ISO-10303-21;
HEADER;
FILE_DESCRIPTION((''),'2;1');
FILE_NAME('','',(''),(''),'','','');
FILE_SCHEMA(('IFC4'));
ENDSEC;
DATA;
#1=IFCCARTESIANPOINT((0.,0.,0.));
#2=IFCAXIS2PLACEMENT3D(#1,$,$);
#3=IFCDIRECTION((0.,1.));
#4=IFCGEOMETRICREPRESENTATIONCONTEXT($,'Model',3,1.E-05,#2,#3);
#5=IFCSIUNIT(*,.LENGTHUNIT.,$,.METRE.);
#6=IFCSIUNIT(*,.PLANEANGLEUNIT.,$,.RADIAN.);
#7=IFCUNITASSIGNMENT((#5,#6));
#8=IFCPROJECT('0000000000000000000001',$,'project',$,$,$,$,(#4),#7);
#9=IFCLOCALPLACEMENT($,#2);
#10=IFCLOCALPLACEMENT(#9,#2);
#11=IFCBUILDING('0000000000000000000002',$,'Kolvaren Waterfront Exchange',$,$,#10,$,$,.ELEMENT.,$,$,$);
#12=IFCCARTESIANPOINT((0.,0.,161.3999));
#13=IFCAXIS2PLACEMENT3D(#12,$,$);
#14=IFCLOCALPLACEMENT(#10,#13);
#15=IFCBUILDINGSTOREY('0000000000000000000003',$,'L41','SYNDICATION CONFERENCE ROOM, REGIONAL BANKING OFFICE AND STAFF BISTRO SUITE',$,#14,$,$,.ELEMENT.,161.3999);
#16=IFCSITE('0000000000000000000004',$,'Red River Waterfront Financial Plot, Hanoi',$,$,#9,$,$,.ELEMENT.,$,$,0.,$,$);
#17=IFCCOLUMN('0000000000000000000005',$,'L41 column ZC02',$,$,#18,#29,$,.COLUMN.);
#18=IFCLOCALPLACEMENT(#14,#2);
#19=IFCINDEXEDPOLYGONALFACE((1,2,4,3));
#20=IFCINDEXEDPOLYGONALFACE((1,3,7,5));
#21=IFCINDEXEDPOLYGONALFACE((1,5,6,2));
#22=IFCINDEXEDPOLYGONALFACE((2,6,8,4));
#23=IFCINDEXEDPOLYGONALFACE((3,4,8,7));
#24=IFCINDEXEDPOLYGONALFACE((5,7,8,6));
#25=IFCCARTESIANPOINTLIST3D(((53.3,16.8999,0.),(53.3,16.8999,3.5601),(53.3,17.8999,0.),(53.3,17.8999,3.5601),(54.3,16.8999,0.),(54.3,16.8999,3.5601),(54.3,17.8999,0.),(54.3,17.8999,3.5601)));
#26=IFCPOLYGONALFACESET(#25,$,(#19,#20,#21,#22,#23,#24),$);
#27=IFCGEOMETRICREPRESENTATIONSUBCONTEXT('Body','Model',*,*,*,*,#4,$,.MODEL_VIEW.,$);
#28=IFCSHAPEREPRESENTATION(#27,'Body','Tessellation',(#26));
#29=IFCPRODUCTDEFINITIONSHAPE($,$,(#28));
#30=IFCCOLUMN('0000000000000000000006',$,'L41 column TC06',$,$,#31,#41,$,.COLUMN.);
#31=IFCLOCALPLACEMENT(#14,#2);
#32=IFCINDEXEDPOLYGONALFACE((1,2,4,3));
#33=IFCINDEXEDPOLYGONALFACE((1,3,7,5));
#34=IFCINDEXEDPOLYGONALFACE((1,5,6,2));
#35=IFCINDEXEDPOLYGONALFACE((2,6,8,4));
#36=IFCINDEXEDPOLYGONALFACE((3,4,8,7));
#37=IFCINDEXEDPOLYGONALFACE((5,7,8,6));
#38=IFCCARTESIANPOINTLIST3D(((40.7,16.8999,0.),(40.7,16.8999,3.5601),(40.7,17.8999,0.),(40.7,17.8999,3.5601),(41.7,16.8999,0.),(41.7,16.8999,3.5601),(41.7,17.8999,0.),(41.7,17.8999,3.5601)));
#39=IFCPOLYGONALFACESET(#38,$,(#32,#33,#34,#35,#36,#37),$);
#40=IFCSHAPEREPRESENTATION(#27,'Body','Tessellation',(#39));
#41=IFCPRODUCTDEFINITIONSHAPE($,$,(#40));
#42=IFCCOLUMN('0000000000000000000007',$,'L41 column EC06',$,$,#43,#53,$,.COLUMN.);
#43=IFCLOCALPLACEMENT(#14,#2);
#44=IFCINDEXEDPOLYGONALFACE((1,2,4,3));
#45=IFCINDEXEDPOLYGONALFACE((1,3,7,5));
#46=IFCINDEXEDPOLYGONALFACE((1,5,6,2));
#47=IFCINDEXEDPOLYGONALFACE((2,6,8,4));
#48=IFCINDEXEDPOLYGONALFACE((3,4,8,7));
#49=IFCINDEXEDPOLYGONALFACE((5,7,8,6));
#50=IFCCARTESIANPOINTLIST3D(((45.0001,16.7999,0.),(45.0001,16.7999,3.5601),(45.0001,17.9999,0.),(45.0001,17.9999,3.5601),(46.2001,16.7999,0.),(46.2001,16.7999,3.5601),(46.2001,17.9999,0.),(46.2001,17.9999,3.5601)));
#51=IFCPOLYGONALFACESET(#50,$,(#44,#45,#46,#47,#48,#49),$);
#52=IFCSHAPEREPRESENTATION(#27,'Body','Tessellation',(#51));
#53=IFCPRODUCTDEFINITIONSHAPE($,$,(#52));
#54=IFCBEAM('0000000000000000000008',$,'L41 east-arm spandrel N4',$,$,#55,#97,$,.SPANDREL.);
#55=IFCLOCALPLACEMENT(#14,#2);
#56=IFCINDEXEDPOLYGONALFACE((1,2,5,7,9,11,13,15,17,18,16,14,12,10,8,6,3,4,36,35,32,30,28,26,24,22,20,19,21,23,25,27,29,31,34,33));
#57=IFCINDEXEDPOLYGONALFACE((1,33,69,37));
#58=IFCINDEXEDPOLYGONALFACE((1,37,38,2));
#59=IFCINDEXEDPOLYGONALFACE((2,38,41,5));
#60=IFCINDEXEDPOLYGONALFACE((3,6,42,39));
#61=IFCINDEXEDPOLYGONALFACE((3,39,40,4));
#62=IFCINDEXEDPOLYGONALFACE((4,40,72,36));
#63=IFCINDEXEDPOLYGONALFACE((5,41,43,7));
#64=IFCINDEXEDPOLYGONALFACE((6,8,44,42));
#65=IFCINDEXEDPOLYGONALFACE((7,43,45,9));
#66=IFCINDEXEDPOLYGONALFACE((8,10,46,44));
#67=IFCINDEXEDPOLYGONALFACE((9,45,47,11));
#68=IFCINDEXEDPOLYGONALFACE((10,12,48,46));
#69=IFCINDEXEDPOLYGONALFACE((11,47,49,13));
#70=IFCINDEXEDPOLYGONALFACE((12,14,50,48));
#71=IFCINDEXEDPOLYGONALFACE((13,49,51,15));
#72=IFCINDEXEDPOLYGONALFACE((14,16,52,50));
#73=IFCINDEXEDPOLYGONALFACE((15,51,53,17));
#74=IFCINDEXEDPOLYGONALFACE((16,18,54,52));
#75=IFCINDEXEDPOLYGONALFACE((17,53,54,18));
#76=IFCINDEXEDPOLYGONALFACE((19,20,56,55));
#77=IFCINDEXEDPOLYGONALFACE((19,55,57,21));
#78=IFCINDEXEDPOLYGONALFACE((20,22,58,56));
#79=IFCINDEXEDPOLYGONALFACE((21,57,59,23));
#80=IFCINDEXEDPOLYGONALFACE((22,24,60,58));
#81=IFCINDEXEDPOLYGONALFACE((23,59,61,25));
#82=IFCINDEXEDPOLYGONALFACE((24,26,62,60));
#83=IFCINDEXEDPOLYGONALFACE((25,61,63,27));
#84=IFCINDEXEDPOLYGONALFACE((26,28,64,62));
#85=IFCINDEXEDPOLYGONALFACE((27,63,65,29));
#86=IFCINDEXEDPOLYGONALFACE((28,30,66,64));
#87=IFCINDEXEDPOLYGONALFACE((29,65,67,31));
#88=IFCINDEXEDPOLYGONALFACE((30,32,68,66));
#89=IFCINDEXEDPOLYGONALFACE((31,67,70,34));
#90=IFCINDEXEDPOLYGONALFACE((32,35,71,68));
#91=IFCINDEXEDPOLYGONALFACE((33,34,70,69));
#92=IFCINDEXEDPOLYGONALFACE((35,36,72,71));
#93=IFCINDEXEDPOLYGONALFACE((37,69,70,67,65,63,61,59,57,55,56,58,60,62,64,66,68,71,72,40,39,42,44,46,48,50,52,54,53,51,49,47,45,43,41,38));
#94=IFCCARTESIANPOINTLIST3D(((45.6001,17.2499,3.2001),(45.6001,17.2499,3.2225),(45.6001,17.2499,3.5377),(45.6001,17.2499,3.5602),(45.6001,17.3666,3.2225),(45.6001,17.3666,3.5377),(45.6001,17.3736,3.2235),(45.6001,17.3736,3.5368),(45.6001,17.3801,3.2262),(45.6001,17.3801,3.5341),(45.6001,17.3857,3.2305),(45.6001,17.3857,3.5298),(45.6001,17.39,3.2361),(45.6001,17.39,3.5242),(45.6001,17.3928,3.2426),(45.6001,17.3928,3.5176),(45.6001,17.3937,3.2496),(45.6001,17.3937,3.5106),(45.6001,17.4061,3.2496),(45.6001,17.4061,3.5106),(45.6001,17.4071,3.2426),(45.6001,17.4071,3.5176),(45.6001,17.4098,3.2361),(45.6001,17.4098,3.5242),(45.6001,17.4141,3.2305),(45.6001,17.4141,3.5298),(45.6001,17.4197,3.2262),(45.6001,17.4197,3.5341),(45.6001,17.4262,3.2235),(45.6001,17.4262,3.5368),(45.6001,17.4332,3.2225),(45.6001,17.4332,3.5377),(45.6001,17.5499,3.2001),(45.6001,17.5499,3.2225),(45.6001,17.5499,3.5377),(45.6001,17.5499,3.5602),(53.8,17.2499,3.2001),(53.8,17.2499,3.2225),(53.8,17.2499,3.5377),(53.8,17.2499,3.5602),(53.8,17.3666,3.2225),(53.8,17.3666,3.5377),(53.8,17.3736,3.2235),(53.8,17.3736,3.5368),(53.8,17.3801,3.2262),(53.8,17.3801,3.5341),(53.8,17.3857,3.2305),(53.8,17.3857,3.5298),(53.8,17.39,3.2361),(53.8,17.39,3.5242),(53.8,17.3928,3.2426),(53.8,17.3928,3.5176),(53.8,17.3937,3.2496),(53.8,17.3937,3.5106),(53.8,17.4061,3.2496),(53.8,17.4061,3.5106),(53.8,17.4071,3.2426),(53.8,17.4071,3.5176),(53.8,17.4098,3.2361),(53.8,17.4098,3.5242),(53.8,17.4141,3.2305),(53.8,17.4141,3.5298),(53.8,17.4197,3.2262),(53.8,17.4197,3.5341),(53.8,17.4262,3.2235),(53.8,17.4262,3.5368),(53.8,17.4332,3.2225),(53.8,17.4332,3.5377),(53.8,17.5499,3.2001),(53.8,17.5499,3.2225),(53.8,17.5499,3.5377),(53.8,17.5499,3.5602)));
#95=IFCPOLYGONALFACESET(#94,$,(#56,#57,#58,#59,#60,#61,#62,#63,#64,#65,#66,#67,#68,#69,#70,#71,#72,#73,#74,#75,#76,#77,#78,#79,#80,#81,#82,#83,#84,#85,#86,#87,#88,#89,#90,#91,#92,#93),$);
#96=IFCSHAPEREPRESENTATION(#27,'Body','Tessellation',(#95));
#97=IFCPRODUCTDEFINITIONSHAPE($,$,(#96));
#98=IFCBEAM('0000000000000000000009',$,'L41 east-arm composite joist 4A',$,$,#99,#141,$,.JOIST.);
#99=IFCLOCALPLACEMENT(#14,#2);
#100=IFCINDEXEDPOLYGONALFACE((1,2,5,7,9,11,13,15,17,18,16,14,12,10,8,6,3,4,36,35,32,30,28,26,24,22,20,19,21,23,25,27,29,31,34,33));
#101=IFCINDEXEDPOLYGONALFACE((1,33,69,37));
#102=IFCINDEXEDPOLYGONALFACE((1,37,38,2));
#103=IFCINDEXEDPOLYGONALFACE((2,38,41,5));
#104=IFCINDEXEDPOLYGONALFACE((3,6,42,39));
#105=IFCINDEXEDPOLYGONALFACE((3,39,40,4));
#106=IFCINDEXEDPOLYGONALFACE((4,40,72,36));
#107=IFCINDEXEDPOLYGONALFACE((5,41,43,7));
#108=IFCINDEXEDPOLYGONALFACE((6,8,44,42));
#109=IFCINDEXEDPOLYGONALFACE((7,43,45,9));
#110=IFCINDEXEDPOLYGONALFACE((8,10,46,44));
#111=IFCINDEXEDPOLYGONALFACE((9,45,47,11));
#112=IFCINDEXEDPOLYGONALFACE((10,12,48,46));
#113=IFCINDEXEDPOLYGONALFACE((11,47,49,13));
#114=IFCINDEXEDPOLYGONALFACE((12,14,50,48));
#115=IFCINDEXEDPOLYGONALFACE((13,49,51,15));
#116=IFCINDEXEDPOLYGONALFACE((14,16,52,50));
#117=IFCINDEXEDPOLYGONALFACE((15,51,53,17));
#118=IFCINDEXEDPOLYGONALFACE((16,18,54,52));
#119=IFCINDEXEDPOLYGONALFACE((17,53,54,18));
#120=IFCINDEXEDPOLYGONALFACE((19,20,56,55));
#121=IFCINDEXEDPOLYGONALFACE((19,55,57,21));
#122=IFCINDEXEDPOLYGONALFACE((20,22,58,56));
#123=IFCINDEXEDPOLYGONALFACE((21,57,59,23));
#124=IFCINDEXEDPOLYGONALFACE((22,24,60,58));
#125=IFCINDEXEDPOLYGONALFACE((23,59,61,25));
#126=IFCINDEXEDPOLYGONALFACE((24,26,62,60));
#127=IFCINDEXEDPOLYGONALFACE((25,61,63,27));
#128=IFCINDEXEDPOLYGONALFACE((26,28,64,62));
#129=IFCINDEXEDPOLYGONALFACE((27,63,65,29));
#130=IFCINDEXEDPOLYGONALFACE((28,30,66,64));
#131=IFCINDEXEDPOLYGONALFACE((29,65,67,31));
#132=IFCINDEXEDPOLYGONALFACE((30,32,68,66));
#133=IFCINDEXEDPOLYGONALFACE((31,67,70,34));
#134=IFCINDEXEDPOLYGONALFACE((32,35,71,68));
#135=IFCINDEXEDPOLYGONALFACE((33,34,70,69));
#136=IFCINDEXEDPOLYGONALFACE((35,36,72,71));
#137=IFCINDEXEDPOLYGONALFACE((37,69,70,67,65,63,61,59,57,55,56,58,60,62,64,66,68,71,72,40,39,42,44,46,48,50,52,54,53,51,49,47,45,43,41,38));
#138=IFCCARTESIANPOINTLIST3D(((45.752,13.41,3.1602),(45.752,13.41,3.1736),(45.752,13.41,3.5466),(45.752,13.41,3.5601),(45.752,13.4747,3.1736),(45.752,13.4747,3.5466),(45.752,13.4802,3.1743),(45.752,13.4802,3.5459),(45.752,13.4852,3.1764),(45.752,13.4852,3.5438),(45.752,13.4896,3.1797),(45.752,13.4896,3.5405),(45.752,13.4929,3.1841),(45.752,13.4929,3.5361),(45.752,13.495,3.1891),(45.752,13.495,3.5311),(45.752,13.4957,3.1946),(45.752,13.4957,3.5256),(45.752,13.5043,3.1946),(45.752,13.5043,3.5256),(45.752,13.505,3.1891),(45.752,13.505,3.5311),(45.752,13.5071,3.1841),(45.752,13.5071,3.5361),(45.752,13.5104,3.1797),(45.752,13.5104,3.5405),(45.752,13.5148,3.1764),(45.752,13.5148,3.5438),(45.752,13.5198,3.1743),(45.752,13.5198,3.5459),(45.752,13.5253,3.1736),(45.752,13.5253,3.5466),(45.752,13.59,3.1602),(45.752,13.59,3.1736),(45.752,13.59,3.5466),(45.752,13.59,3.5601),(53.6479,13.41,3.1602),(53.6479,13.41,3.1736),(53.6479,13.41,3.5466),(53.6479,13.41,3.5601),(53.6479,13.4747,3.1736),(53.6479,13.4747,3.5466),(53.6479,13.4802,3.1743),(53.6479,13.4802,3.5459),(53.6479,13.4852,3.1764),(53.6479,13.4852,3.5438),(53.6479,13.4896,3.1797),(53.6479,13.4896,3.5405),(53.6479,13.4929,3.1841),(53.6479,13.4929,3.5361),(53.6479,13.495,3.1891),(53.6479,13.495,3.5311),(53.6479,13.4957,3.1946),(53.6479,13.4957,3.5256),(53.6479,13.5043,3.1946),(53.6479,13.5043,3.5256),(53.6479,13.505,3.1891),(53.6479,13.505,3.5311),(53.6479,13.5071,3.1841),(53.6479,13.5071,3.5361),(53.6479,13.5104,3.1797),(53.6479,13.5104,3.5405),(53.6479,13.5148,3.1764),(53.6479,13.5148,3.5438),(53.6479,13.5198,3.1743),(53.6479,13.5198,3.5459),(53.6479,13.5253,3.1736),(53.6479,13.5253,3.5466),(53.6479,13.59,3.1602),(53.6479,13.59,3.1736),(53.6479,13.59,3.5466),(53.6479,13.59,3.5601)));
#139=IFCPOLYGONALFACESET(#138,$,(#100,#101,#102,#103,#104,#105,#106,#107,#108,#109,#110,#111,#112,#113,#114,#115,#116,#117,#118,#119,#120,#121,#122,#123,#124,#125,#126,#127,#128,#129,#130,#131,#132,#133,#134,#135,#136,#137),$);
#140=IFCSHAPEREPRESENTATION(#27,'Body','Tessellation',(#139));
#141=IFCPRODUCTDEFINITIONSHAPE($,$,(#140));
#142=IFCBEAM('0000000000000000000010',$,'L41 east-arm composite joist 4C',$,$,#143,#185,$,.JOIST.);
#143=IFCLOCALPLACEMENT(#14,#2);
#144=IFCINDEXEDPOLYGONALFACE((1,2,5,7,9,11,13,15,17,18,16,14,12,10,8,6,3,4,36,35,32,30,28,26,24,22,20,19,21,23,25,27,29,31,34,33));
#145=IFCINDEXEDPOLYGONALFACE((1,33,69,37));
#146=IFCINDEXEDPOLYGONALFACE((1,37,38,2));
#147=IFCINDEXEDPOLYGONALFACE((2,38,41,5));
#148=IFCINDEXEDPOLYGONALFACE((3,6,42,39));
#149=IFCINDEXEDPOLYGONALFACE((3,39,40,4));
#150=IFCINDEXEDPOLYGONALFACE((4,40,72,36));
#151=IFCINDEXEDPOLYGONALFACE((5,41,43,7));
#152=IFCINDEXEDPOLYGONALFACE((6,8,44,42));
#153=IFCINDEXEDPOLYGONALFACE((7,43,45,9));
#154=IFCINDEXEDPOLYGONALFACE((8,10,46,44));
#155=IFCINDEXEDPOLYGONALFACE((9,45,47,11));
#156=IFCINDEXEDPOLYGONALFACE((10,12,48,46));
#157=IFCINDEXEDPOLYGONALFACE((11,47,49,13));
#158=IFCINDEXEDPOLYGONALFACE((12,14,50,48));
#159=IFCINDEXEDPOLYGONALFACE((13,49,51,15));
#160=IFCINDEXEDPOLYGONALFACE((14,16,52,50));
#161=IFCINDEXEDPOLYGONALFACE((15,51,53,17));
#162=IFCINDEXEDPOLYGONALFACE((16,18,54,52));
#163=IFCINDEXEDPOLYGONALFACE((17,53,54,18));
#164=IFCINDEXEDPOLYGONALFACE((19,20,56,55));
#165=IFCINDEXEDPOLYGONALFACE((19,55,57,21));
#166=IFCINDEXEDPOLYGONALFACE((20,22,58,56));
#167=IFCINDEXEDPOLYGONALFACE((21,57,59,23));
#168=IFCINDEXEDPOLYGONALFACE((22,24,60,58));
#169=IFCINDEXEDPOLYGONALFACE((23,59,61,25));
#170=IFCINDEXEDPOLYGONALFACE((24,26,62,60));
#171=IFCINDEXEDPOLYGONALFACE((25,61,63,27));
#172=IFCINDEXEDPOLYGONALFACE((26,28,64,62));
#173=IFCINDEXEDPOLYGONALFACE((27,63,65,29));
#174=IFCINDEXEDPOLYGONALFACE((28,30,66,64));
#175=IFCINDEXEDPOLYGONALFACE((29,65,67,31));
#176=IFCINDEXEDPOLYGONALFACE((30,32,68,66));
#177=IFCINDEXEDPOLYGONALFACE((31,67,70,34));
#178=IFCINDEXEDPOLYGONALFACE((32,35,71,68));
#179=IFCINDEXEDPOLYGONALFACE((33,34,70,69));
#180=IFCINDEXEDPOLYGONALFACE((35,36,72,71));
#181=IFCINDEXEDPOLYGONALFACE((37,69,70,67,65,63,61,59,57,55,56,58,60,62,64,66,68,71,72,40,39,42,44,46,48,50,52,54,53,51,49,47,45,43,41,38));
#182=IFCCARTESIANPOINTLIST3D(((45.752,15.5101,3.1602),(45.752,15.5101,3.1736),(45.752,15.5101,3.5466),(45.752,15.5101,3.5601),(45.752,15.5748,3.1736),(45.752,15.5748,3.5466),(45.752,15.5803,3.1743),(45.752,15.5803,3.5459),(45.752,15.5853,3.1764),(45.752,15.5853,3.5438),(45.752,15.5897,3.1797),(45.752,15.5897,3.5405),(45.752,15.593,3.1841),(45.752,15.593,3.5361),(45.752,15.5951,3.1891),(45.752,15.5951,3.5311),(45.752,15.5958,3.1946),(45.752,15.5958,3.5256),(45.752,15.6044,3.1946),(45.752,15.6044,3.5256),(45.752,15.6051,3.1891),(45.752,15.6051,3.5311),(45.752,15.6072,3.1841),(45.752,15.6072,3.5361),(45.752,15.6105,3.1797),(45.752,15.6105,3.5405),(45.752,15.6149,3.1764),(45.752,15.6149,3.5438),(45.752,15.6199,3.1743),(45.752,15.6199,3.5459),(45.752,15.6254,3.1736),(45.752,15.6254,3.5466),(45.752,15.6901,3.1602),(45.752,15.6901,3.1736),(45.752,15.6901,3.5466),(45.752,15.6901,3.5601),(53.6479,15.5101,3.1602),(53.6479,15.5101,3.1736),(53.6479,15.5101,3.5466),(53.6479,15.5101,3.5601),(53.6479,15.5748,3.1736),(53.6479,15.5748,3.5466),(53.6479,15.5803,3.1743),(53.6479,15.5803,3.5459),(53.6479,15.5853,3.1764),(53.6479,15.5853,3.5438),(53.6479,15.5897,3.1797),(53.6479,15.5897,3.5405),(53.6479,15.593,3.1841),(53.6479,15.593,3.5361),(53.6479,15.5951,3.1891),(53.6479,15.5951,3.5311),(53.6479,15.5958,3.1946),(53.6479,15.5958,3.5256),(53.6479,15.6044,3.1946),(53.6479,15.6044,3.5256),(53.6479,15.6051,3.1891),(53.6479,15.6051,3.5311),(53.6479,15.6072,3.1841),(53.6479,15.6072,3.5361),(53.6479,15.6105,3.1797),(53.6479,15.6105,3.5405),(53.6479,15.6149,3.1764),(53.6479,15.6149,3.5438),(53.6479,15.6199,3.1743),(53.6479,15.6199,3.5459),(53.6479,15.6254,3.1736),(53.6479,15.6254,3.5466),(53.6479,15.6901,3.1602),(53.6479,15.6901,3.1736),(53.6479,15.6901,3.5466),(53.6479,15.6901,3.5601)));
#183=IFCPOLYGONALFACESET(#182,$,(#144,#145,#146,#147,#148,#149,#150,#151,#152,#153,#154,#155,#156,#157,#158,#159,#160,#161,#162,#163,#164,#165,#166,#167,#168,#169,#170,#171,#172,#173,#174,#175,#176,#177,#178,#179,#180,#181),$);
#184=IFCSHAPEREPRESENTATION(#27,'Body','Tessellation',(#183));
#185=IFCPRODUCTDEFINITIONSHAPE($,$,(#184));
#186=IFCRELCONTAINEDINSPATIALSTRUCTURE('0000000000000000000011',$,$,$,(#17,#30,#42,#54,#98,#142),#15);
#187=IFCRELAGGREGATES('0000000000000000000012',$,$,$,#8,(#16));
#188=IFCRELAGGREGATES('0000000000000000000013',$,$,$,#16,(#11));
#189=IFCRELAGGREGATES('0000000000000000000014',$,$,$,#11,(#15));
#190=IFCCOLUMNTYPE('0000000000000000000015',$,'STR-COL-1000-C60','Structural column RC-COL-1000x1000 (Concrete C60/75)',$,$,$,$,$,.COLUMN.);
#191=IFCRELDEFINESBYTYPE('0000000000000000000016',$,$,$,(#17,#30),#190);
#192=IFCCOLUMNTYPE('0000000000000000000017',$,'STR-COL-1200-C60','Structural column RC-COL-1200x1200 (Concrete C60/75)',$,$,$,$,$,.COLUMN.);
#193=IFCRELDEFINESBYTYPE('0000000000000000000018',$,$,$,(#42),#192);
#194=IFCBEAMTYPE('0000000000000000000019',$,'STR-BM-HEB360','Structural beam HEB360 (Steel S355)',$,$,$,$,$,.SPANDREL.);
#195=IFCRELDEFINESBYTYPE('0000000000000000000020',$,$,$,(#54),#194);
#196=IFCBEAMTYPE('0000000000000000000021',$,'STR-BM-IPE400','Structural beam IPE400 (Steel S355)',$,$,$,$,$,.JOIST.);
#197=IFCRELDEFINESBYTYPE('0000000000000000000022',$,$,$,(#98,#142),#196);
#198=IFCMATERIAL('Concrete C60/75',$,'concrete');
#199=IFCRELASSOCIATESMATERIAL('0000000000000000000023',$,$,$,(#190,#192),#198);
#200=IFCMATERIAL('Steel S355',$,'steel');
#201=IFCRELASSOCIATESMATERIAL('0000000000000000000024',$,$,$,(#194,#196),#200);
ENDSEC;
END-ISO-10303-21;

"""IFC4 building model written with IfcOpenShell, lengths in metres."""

from ifc_helpers import new_model, si_unit, direction, frame, origin, origin_2d, place, context, subcontext, project, spatial, rectangle, i_section, extrude, material, material_profile, profile_set, type_object, element, save


model = new_model("IFC4")

# Units and contexts
model_context = context("Model", 3, precision=1e-05, world=origin(), true_north=direction((0.0, 1.0)))
body_context = subcontext(model_context, "Body", "Model", "MODEL_VIEW")
ifc_project = project(units=[si_unit("LENGTHUNIT", "METRE"), si_unit("PLANEANGLEUNIT", "RADIAN")], contexts=[model_context])

# Site, building, storey
site_placement = place(None, origin())
site = spatial("IfcSite", under=ifc_project, at=site_placement, Name="Red River Waterfront Financial Plot, Hanoi", CompositionType="ELEMENT", RefElevation=0.0)
building_placement = place(site_placement, origin())
building = spatial("IfcBuilding", under=site, at=building_placement, Name="Kolvaren Waterfront Exchange", CompositionType="ELEMENT")
storey_placement = place(building_placement, frame((0.0, 0.0, 161.3999)))
storey = spatial("IfcBuildingStorey", under=building, at=storey_placement, Name="L41", Description="SYNDICATION CONFERENCE ROOM, REGIONAL BANKING OFFICE AND STAFF BISTRO SUITE", CompositionType="ELEMENT", Elevation=161.3999)

# Columns
ifc_material_1 = material(Name="Concrete C60/75", Category="concrete")
ifc_material_profile_1 = material_profile(ifc_material_1, rectangle(XDim=1.0, YDim=1.0, at=origin_2d()), Name="RC-COL-1000x1000")
ifc_profile_set_1 = profile_set([ifc_material_profile_1], Name="Concrete C60/75")
column_type_1 = type_object("IfcColumnType", Name="STR-COL-1000-C60", Description="Structural column RC-COL-1000x1000 (Concrete C60/75)", PredefinedType="COLUMN", material=ifc_profile_set_1)
for number, where, z_axis, x_axis, name in (
    (1, (53.8, 17.3999, 0.0), (0.0, 0.0, 1.0), (1.0, 0.0, 0.0), "L41 column ZC02"),
    (2, (41.2, 17.3999, 0.0), (0.0, 0.0, 1.0), (1.0, 0.0, 0.0), "L41 column TC06"),
):
    element("IfcColumn", number, at=place(storey_placement, frame(where, z_axis=z_axis, x_axis=x_axis)), inside=storey, type_object=column_type_1, Name=name, PredefinedType="COLUMN", context=body_context, shape_type="SweptSolid", body=[
        extrude(rectangle(XDim=1.0, YDim=1.0, at=origin_2d()), origin(), (0.0, 0.0, 1.0), 3.5601),
    ])
ifc_material_profile_2 = material_profile(ifc_material_1, rectangle(XDim=1.2, YDim=1.2, at=origin_2d()), Name="RC-COL-1200x1200")
ifc_profile_set_2 = profile_set([ifc_material_profile_2], Name="Concrete C60/75")
column_type_2 = type_object("IfcColumnType", Name="STR-COL-1200-C60", Description="Structural column RC-COL-1200x1200 (Concrete C60/75)", PredefinedType="COLUMN", material=ifc_profile_set_2)
column_placement = place(storey_placement, frame((45.6001, 17.3999, 0.0), z_axis=(0.0, 0.0, 1.0), x_axis=(1.0, 0.0, 0.0)))
element("IfcColumn", 3, at=column_placement, inside=storey, type_object=column_type_2, Name="L41 column EC06", PredefinedType="COLUMN", context=body_context, shape_type="SweptSolid", body=[
    extrude(rectangle(XDim=1.2, YDim=1.2, at=origin_2d()), origin(), (0.0, 0.0, 1.0), 3.5601),
])

# Beams
ifc_material_2 = material(Name="Steel S355", Category="steel")
ifc_material_profile_3 = material_profile(ifc_material_2, i_section(OverallWidth=0.3, OverallDepth=0.3601, WebThickness=0.0125, FlangeThickness=0.0225, FilletRadius=0.0271, at=origin_2d()), Name="HEB360")
ifc_profile_set_3 = profile_set([ifc_material_profile_3], Name="Steel S355")
beam_type_1 = type_object("IfcBeamType", Name="STR-BM-HEB360", Description="Structural beam HEB360 (Steel S355)", PredefinedType="SPANDREL", material=ifc_profile_set_3)
beam_placement = place(storey_placement, frame((45.6001, 17.3999, 3.3801), z_axis=(1.0, 0.0, 0.0), x_axis=(0.0, 1.0, 0.0)))
element("IfcBeam", 4, at=beam_placement, inside=storey, type_object=beam_type_1, Name="L41 east-arm spandrel N4", PredefinedType="SPANDREL", context=body_context, shape_type="SweptSolid", body=[
    extrude(i_section(OverallWidth=0.3, OverallDepth=0.3601, WebThickness=0.0125, FlangeThickness=0.0225, FilletRadius=0.0271, at=origin_2d()), origin(), (0.0, 0.0, 1.0), 8.2),
])
ifc_material_profile_4 = material_profile(ifc_material_2, i_section(OverallWidth=0.1799, OverallDepth=0.3999, WebThickness=0.0085, FlangeThickness=0.0134, FilletRadius=0.021, at=origin_2d()), Name="IPE400")
ifc_profile_set_4 = profile_set([ifc_material_profile_4], Name="Steel S355")
beam_type_2 = type_object("IfcBeamType", Name="STR-BM-IPE400", Description="Structural beam IPE400 (Steel S355)", PredefinedType="JOIST", material=ifc_profile_set_4)
for number, where, z_axis, x_axis, name in (
    (5, (45.752, 13.5, 3.3601), (1.0, 0.0, 0.0), (0.0, 1.0, 0.0), "L41 east-arm composite joist 4A"),
    (6, (45.752, 15.6001, 3.3601), (1.0, 0.0, 0.0), (0.0, 1.0, 0.0), "L41 east-arm composite joist 4C"),
):
    element("IfcBeam", number, at=place(storey_placement, frame(where, z_axis=z_axis, x_axis=x_axis)), inside=storey, type_object=beam_type_2, Name=name, PredefinedType="JOIST", context=body_context, shape_type="SweptSolid", body=[
        extrude(i_section(OverallWidth=0.1799, OverallDepth=0.3999, WebThickness=0.0085, FlangeThickness=0.0134, FilletRadius=0.021, at=origin_2d()), origin(), (0.0, 0.0, 1.0), 7.896),
    ])

save(model, "model.ifc")
